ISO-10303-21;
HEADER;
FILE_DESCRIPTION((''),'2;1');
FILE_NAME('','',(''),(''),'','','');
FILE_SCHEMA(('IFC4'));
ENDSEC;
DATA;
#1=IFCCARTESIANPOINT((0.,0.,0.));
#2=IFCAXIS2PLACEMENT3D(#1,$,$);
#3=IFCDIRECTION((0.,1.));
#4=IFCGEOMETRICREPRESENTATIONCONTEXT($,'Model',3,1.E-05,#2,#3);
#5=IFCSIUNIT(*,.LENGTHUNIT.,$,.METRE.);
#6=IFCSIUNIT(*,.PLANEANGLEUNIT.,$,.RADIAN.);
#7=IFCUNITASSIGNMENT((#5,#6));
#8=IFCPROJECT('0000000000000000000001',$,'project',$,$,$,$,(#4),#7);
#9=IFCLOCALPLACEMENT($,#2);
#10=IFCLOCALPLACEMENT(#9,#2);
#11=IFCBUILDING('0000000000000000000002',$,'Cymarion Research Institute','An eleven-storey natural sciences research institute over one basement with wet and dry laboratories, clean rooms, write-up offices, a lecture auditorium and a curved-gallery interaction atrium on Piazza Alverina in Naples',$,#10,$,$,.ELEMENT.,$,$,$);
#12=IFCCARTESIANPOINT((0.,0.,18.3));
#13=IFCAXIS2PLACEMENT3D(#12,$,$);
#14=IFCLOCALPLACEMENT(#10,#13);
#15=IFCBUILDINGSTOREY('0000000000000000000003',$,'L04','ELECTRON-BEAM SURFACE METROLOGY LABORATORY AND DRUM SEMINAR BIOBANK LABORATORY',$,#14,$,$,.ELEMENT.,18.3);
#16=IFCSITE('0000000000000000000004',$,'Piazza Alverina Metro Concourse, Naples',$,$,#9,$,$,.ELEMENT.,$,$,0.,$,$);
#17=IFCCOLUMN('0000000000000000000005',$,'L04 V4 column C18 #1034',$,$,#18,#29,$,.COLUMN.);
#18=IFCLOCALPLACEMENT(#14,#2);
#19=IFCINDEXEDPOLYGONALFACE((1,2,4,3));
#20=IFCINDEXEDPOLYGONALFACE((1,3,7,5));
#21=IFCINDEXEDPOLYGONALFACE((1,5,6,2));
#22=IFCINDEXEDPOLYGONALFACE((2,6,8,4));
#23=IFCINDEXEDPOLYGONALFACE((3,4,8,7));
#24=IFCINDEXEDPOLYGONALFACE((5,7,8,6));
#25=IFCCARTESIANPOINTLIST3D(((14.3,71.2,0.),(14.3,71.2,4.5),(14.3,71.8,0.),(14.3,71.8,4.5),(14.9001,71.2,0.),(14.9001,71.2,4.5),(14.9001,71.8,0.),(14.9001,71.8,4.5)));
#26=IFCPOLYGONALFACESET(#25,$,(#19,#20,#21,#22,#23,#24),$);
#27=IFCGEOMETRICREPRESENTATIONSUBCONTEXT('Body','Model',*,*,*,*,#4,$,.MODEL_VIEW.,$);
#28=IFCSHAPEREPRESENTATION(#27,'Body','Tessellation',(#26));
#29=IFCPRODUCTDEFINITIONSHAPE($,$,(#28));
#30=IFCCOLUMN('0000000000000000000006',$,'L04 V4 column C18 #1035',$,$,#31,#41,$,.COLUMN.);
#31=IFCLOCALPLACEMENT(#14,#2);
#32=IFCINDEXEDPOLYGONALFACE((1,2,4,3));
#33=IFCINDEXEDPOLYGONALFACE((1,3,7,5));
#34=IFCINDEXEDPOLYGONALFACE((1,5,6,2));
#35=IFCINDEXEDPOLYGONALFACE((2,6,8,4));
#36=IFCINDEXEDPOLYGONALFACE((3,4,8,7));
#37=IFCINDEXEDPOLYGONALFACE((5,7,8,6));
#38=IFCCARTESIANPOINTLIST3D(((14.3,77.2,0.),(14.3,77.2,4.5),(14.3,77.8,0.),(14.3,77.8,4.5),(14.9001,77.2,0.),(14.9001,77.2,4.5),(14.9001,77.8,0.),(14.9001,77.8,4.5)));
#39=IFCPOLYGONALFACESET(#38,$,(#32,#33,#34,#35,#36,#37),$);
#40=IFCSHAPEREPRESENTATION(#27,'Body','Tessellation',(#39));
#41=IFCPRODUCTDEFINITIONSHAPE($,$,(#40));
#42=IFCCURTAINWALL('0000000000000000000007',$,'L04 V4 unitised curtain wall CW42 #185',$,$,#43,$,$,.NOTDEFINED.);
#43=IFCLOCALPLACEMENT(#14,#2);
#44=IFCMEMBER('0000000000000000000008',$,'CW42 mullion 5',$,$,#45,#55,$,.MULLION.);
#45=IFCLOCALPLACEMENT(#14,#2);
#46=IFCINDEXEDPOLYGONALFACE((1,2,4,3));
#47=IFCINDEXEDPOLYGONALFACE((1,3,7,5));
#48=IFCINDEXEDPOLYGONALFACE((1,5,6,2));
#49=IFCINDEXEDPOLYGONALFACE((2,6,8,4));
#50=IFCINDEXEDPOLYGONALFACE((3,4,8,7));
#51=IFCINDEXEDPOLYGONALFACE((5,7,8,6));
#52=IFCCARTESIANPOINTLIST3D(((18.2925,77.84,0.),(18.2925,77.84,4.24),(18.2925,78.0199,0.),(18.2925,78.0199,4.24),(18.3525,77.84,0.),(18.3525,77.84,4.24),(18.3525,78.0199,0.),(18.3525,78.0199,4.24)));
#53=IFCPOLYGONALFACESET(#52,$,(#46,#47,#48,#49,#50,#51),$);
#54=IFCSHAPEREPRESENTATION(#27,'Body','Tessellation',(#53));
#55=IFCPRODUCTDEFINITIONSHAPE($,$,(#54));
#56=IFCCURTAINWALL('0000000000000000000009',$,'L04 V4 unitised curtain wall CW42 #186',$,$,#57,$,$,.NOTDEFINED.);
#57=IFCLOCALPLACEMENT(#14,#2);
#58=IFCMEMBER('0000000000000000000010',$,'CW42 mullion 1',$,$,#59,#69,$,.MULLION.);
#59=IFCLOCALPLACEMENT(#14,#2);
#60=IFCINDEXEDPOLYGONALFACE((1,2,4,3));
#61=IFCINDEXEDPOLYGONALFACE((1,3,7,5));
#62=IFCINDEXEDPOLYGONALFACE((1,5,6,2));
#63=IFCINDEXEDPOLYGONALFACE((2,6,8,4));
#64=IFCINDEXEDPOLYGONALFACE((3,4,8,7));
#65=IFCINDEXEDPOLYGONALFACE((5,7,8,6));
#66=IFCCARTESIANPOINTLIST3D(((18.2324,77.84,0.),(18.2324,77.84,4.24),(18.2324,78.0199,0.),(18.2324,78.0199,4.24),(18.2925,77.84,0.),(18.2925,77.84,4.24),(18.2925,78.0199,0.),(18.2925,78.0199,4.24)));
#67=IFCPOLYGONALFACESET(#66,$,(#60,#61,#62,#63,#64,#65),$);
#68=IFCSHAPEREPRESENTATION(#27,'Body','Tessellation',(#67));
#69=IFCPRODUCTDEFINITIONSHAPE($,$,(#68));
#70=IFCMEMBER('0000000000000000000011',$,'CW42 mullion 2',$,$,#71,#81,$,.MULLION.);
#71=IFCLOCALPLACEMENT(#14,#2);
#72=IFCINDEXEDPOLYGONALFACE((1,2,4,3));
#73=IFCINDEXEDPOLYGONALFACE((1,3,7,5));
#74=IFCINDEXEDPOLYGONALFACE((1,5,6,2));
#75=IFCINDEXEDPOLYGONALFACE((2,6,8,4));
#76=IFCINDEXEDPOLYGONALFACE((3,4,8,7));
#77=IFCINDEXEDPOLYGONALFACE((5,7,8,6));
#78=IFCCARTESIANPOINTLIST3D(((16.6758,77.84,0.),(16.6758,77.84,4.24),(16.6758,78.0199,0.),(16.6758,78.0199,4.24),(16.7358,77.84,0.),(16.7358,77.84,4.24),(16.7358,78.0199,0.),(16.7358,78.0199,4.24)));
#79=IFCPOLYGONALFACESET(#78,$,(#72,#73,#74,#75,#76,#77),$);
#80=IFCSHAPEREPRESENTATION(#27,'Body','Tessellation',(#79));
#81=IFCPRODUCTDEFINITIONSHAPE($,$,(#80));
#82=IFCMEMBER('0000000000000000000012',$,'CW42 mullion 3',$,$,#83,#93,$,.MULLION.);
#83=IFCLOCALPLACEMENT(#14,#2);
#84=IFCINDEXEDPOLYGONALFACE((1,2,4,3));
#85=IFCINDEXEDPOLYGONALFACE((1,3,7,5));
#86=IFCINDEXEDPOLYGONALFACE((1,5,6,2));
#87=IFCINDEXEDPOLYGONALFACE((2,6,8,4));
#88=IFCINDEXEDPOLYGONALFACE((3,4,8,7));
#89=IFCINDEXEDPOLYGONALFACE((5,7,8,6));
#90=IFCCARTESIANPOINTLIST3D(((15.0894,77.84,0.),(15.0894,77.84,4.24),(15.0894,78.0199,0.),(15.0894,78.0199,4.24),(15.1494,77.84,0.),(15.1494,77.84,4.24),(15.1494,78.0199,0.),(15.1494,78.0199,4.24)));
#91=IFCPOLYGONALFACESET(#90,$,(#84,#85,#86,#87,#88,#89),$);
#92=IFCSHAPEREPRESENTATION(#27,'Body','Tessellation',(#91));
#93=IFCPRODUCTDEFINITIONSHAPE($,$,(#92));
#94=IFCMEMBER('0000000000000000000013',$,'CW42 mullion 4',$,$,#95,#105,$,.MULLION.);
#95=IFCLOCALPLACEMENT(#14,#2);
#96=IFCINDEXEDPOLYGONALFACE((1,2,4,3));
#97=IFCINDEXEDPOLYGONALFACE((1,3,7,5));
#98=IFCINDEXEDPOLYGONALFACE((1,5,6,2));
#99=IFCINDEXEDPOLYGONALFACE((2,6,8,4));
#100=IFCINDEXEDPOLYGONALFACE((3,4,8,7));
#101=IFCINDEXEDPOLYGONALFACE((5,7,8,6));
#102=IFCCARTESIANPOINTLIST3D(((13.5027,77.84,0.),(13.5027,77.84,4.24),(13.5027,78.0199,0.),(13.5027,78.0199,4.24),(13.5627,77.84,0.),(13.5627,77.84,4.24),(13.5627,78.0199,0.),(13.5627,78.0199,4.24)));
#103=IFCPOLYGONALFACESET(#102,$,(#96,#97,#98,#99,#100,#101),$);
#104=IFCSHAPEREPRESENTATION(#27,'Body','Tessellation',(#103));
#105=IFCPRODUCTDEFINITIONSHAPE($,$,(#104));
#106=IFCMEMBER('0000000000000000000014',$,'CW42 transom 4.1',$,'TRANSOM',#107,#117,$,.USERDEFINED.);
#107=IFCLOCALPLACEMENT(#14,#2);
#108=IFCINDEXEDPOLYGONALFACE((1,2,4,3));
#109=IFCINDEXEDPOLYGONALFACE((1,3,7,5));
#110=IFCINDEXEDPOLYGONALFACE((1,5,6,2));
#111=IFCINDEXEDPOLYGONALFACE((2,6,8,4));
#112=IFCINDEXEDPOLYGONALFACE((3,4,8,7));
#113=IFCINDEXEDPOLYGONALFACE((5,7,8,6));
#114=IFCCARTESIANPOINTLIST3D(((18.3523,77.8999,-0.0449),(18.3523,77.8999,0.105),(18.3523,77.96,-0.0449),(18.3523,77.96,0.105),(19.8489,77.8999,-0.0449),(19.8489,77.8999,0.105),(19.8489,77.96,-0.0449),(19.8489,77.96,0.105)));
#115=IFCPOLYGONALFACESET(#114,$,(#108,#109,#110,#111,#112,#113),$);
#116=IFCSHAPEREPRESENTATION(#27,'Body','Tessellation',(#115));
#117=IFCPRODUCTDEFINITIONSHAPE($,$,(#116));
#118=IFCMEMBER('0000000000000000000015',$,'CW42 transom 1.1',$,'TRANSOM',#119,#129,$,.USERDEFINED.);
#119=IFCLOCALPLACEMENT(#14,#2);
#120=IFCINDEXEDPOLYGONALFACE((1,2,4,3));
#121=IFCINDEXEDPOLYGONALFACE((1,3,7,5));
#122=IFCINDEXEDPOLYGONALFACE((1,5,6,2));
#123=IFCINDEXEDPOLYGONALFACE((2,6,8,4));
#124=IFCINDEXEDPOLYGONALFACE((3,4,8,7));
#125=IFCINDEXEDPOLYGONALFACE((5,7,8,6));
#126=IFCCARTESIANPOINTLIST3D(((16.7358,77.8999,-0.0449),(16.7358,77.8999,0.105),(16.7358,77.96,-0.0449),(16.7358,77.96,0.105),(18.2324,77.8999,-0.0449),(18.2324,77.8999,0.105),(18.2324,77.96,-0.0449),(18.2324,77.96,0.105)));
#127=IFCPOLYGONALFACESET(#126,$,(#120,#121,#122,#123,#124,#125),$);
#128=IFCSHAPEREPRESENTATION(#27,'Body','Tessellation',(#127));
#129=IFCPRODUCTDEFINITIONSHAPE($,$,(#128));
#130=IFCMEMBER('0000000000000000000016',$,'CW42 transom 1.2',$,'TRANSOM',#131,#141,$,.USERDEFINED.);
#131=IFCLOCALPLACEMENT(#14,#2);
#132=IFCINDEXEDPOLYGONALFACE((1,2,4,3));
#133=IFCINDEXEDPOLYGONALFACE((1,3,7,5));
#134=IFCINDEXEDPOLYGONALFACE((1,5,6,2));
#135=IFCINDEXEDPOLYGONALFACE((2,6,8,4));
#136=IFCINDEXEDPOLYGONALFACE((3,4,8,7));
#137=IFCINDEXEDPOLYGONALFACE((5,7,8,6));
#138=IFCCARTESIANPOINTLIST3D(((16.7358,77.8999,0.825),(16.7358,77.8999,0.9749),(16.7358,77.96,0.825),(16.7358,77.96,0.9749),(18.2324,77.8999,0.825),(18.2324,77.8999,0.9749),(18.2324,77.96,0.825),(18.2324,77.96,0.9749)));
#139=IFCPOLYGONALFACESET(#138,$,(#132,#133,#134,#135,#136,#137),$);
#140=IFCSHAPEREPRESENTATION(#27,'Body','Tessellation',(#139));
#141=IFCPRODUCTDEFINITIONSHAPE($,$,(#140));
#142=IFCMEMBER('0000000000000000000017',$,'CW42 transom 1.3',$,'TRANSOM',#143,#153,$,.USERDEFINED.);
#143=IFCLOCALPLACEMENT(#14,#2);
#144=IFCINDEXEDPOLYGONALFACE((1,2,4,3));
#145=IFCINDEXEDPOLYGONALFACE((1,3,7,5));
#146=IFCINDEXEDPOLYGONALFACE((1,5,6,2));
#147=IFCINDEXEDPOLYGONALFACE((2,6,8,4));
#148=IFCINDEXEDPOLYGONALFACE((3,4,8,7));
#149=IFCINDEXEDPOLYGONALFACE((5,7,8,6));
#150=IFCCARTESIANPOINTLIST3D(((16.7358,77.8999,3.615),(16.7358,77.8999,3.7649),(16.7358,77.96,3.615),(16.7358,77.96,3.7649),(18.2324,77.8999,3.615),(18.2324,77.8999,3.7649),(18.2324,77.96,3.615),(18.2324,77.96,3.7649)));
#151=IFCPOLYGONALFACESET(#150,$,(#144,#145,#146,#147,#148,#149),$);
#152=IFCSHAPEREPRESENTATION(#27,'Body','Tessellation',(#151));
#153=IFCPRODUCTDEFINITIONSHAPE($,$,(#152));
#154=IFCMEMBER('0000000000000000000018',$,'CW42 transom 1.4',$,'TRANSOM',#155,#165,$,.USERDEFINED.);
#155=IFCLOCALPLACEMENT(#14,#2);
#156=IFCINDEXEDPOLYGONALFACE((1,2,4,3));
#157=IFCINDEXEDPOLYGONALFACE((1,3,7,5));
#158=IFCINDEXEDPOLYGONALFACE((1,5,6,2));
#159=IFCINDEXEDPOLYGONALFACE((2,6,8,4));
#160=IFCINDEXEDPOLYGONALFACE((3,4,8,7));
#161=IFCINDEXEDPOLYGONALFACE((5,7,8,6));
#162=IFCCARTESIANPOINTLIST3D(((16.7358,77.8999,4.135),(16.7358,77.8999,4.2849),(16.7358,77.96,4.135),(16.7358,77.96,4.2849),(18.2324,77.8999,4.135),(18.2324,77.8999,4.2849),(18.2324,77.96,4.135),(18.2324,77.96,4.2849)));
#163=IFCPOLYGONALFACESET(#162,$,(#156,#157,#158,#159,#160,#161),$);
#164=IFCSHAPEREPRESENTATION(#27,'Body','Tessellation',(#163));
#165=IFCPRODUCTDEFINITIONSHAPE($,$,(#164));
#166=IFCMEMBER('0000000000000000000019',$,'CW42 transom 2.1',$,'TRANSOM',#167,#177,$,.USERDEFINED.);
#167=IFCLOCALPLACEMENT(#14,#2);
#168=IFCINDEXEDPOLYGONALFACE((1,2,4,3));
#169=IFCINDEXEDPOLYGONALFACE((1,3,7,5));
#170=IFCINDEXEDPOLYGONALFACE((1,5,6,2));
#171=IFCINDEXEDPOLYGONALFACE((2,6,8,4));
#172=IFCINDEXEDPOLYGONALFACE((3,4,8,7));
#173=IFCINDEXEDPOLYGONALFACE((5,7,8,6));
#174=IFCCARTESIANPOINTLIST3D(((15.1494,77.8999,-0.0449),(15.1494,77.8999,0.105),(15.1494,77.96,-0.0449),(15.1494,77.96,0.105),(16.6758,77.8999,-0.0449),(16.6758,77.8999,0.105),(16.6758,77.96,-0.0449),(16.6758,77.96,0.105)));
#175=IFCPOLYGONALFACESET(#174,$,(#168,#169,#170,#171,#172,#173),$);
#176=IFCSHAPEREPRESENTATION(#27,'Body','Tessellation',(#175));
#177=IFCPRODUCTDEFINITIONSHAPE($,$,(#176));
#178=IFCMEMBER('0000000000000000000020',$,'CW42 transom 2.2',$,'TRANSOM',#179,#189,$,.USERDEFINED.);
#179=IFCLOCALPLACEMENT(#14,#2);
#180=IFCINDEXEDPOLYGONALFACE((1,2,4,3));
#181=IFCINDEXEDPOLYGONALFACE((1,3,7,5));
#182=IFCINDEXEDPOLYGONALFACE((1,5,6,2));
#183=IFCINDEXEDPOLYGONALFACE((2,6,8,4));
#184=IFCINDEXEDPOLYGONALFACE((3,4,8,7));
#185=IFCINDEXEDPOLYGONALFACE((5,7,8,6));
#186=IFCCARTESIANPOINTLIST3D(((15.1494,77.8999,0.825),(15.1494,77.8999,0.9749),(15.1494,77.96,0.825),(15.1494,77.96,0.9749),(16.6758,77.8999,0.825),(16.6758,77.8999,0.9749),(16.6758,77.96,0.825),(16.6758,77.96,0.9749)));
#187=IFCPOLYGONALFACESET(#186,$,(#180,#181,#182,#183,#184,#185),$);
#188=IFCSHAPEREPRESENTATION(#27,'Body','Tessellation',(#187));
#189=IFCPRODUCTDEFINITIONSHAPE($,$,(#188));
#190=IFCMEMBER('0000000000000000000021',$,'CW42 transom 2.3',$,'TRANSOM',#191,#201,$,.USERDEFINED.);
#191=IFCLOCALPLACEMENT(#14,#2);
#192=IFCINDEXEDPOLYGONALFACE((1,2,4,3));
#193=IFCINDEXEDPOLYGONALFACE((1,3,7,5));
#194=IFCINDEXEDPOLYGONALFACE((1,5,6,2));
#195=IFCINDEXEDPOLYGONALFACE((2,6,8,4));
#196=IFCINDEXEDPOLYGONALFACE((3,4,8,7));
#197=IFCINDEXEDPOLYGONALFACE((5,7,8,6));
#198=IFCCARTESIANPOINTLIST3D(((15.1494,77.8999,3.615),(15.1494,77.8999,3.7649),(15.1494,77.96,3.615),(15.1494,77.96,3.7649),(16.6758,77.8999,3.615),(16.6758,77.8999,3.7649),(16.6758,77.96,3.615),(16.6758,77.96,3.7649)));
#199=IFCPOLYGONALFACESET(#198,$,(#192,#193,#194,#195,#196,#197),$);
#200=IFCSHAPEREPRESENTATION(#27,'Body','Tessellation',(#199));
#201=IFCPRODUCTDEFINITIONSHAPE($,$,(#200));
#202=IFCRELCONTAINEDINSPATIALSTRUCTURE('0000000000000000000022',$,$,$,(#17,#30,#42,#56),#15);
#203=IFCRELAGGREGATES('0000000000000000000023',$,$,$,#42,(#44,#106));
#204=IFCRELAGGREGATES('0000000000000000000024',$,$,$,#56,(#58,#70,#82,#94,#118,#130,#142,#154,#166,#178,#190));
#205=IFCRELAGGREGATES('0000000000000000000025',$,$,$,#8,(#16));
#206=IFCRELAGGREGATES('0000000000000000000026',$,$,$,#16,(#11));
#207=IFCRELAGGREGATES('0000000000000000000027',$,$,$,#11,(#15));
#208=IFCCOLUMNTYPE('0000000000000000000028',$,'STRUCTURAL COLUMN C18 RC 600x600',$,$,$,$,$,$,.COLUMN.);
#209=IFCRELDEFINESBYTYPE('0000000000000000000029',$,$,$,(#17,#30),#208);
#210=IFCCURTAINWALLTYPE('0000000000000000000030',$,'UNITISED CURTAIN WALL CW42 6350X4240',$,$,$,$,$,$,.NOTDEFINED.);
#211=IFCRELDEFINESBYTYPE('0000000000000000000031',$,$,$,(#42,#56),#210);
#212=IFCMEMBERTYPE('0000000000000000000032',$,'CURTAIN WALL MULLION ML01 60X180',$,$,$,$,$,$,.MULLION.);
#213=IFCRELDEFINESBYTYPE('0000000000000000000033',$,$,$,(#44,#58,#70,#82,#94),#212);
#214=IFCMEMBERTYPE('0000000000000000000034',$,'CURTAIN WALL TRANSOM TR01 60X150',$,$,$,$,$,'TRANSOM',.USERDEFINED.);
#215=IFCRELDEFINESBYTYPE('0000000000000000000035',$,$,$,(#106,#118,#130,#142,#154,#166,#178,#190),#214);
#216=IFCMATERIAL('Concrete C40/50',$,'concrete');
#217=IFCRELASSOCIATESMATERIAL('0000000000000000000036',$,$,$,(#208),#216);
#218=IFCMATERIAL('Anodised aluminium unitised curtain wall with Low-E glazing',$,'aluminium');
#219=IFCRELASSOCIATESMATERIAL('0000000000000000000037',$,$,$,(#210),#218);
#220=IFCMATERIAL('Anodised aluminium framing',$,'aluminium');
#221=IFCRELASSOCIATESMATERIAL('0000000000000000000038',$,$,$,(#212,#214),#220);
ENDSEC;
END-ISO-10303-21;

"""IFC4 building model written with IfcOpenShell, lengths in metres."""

from ifc_helpers import new_model, si_unit, direction, frame, origin, origin_2d, place, context, subcontext, project, spatial, rectangle, extrude, material, material_profile, profile_set, type_object, element, aggregate, save


model = new_model("IFC4")

# Units and contexts
model_context = context("Model", 3, precision=1e-05, world=origin(), true_north=direction((0.0, 1.0)))
body_context = subcontext(model_context, "Body", "Model", "MODEL_VIEW")
ifc_project = project(units=[si_unit("LENGTHUNIT", "METRE"), si_unit("PLANEANGLEUNIT", "RADIAN")], contexts=[model_context])

# Site, building, storey
site_placement = place(None, origin())
site = spatial("IfcSite", under=ifc_project, at=site_placement, Name="Piazza Alverina Metro Concourse, Naples", CompositionType="ELEMENT", RefElevation=0.0)
building_placement = place(site_placement, origin())
building = spatial("IfcBuilding", under=site, at=building_placement, Name="Cymarion Research Institute", Description="An eleven-storey natural sciences research institute over one basement with wet and dry laboratories, clean rooms, write-up offices, a lecture auditorium and a curved-gallery interaction atrium on Piazza Alverina in Naples", CompositionType="ELEMENT")
storey_placement = place(building_placement, frame((0.0, 0.0, 18.3)))
storey = spatial("IfcBuildingStorey", under=building, at=storey_placement, Name="L04", Description="ELECTRON-BEAM SURFACE METROLOGY LABORATORY AND DRUM SEMINAR BIOBANK LABORATORY", CompositionType="ELEMENT", Elevation=18.3)

# Columns
ifc_material_1 = material(Name="Concrete C40/50", Category="concrete")
ifc_material_profile_1 = material_profile(ifc_material_1, rectangle(XDim=0.6001, YDim=0.6001, at=origin_2d()), Name="RC 600x600")
ifc_profile_set_1 = profile_set([ifc_material_profile_1], Name="Concrete C40/50")
column_type = type_object("IfcColumnType", Name="STRUCTURAL COLUMN C18 RC 600x600", PredefinedType="COLUMN", material=ifc_profile_set_1)
for number, where, z_axis, x_axis, name in (
    (1, (14.6001, 71.5, 0.0), (0.0, 0.0, 1.0), (1.0, 0.0, 0.0), "L04 V4 column C18 #1034"),
    (2, (14.6001, 77.5, 0.0), (0.0, 0.0, 1.0), (1.0, 0.0, 0.0), "L04 V4 column C18 #1035"),
):
    element("IfcColumn", number, at=place(storey_placement, frame(where, z_axis=z_axis, x_axis=x_axis)), inside=storey, type_object=column_type, Name=name, PredefinedType="COLUMN", context=body_context, shape_type="SweptSolid", body=[
        extrude(rectangle(XDim=0.6001, YDim=0.6001, at=origin_2d()), origin(), (0.0, 0.0, 1.0), 4.5),
    ])

# Curtain wall, member
ifc_material_2 = material(Name="Anodised aluminium unitised curtain wall with Low-E glazing", Category="aluminium")
curtain_wall_type = type_object("IfcCurtainWallType", Name="UNITISED CURTAIN WALL CW42 6350X4240", PredefinedType="NOTDEFINED", material=ifc_material_2)
curtain_wall_1_placement = place(storey_placement, origin())
curtain_wall_1 = element("IfcCurtainWall", 3, at=curtain_wall_1_placement, inside=storey, type_object=curtain_wall_type, Name="L04 V4 unitised curtain wall CW42 #185", PredefinedType="NOTDEFINED")
ifc_material_3 = material(Name="Anodised aluminium framing", Category="aluminium")
ifc_material_profile_2 = material_profile(ifc_material_3, rectangle(XDim=0.0601, YDim=0.1799, at=origin_2d()), Name="ALU MULLION 60x180")
ifc_profile_set_2 = profile_set([ifc_material_profile_2], Name="Anodised aluminium framing")
member_type_1 = type_object("IfcMemberType", Name="CURTAIN WALL MULLION ML01 60X180", PredefinedType="MULLION", material=ifc_profile_set_2)
member_1_placement = place(storey_placement, frame((18.3225, 77.9299, 0.0), z_axis=(0.0, 0.0, 1.0), x_axis=(-1.0, 0.0, 0.0)))
member_1 = element("IfcMember", 4, at=member_1_placement, type_object=member_type_1, Name="CW42 mullion 5", PredefinedType="MULLION", context=body_context, shape_type="SweptSolid", body=[
    extrude(rectangle(XDim=0.0601, YDim=0.1799, at=origin_2d()), origin(), (0.0, 0.0, 1.0), 4.24),
])

# Curtain wall, members
curtain_wall_2_placement = place(storey_placement, origin())
curtain_wall_2 = element("IfcCurtainWall", 5, at=curtain_wall_2_placement, inside=storey, type_object=curtain_wall_type, Name="L04 V4 unitised curtain wall CW42 #186", PredefinedType="NOTDEFINED")
member_2_placement = place(storey_placement, frame((18.2625, 77.9299, 0.0), z_axis=(0.0, 0.0, 1.0), x_axis=(-1.0, 0.0, 0.0)))
member_2 = element("IfcMember", 6, at=member_2_placement, type_object=member_type_1, Name="CW42 mullion 1", PredefinedType="MULLION", context=body_context, shape_type="SweptSolid", body=[
    extrude(rectangle(XDim=0.0601, YDim=0.1799, at=origin_2d()), origin(), (0.0, 0.0, 1.0), 4.24),
])
member_3_placement = place(storey_placement, frame((16.7058, 77.9299, 0.0), z_axis=(0.0, 0.0, 1.0), x_axis=(-1.0, 0.0, 0.0)))
member_3 = element("IfcMember", 7, at=member_3_placement, type_object=member_type_1, Name="CW42 mullion 2", PredefinedType="MULLION", context=body_context, shape_type="SweptSolid", body=[
    extrude(rectangle(XDim=0.0601, YDim=0.1799, at=origin_2d()), origin(), (0.0, 0.0, 1.0), 4.24),
])
member_4_placement = place(storey_placement, frame((15.1194, 77.9299, 0.0), z_axis=(0.0, 0.0, 1.0), x_axis=(-1.0, 0.0, 0.0)))
member_4 = element("IfcMember", 8, at=member_4_placement, type_object=member_type_1, Name="CW42 mullion 3", PredefinedType="MULLION", context=body_context, shape_type="SweptSolid", body=[
    extrude(rectangle(XDim=0.0601, YDim=0.1799, at=origin_2d()), origin(), (0.0, 0.0, 1.0), 4.24),
])
member_5_placement = place(storey_placement, frame((13.5327, 77.9299, 0.0), z_axis=(0.0, 0.0, 1.0), x_axis=(-1.0, 0.0, 0.0)))
member_5 = element("IfcMember", 9, at=member_5_placement, type_object=member_type_1, Name="CW42 mullion 4", PredefinedType="MULLION", context=body_context, shape_type="SweptSolid", body=[
    extrude(rectangle(XDim=0.0601, YDim=0.1799, at=origin_2d()), origin(), (0.0, 0.0, 1.0), 4.24),
])

# Members
ifc_material_profile_3 = material_profile(ifc_material_3, rectangle(XDim=0.0601, YDim=0.1499, at=origin_2d()), Name="ALU TRANSOM 60x150")
ifc_profile_set_3 = profile_set([ifc_material_profile_3], Name="Anodised aluminium framing")
member_type_2 = type_object("IfcMemberType", Name="CURTAIN WALL TRANSOM TR01 60X150", ElementType="TRANSOM", PredefinedType="USERDEFINED", material=ifc_profile_set_3)
member_6_placement = place(storey_placement, frame((19.8489, 77.9299, 0.03), z_axis=(-1.0, 0.0, 0.0), x_axis=(0.0, -1.0, 0.0)))
member_6 = element("IfcMember", 10, at=member_6_placement, type_object=member_type_2, Name="CW42 transom 4.1", ObjectType="TRANSOM", PredefinedType="USERDEFINED", context=body_context, shape_type="SweptSolid", body=[
    extrude(rectangle(XDim=0.0601, YDim=0.1499, at=origin_2d()), origin(), (0.0, 0.0, 1.0), 1.4966),
])
member_7_placement = place(storey_placement, frame((18.2324, 77.9299, 0.03), z_axis=(-1.0, 0.0, 0.0), x_axis=(0.0, -1.0, 0.0)))
member_7 = element("IfcMember", 11, at=member_7_placement, type_object=member_type_2, Name="CW42 transom 1.1", ObjectType="TRANSOM", PredefinedType="USERDEFINED", context=body_context, shape_type="SweptSolid", body=[
    extrude(rectangle(XDim=0.0601, YDim=0.1499, at=origin_2d()), origin(), (0.0, 0.0, 1.0), 1.4966),
])
member_8_placement = place(storey_placement, frame((18.2324, 77.9299, 0.8999), z_axis=(-1.0, 0.0, 0.0), x_axis=(0.0, -1.0, 0.0)))
member_8 = element("IfcMember", 12, at=member_8_placement, type_object=member_type_2, Name="CW42 transom 1.2", ObjectType="TRANSOM", PredefinedType="USERDEFINED", context=body_context, shape_type="SweptSolid", body=[
    extrude(rectangle(XDim=0.0601, YDim=0.1499, at=origin_2d()), origin(), (0.0, 0.0, 1.0), 1.4966),
])
member_9_placement = place(storey_placement, frame((18.2324, 77.9299, 3.6899), z_axis=(-1.0, 0.0, 0.0), x_axis=(0.0, -1.0, 0.0)))
member_9 = element("IfcMember", 13, at=member_9_placement, type_object=member_type_2, Name="CW42 transom 1.3", ObjectType="TRANSOM", PredefinedType="USERDEFINED", context=body_context, shape_type="SweptSolid", body=[
    extrude(rectangle(XDim=0.0601, YDim=0.1499, at=origin_2d()), origin(), (0.0, 0.0, 1.0), 1.4966),
])
member_10_placement = place(storey_placement, frame((18.2324, 77.9299, 4.21), z_axis=(-1.0, 0.0, 0.0), x_axis=(0.0, -1.0, 0.0)))
member_10 = element("IfcMember", 14, at=member_10_placement, type_object=member_type_2, Name="CW42 transom 1.4", ObjectType="TRANSOM", PredefinedType="USERDEFINED", context=body_context, shape_type="SweptSolid", body=[
    extrude(rectangle(XDim=0.0601, YDim=0.1499, at=origin_2d()), origin(), (0.0, 0.0, 1.0), 1.4966),
])
member_11_placement = place(storey_placement, frame((16.6758, 77.9299, 0.03), z_axis=(-1.0, 0.0, 0.0), x_axis=(0.0, -1.0, 0.0)))
member_11 = element("IfcMember", 15, at=member_11_placement, type_object=member_type_2, Name="CW42 transom 2.1", ObjectType="TRANSOM", PredefinedType="USERDEFINED", context=body_context, shape_type="SweptSolid", body=[
    extrude(rectangle(XDim=0.0601, YDim=0.1499, at=origin_2d()), origin(), (0.0, 0.0, 1.0), 1.5264),
])
member_12_placement = place(storey_placement, frame((16.6758, 77.9299, 0.8999), z_axis=(-1.0, 0.0, 0.0), x_axis=(0.0, -1.0, 0.0)))
member_12 = element("IfcMember", 16, at=member_12_placement, type_object=member_type_2, Name="CW42 transom 2.2", ObjectType="TRANSOM", PredefinedType="USERDEFINED", context=body_context, shape_type="SweptSolid", body=[
    extrude(rectangle(XDim=0.0601, YDim=0.1499, at=origin_2d()), origin(), (0.0, 0.0, 1.0), 1.5264),
])
member_13_placement = place(storey_placement, frame((16.6758, 77.9299, 3.6899), z_axis=(-1.0, 0.0, 0.0), x_axis=(0.0, -1.0, 0.0)))
member_13 = element("IfcMember", 17, at=member_13_placement, type_object=member_type_2, Name="CW42 transom 2.3", ObjectType="TRANSOM", PredefinedType="USERDEFINED", context=body_context, shape_type="SweptSolid", body=[
    extrude(rectangle(XDim=0.0601, YDim=0.1499, at=origin_2d()), origin(), (0.0, 0.0, 1.0), 1.5264),
])

aggregate(curtain_wall_1, [member_1, member_6])
aggregate(curtain_wall_2, [member_2, member_3, member_4, member_5, member_7, member_8, member_9, member_10, member_11, member_12, member_13])

save(model, "model.ifc")
